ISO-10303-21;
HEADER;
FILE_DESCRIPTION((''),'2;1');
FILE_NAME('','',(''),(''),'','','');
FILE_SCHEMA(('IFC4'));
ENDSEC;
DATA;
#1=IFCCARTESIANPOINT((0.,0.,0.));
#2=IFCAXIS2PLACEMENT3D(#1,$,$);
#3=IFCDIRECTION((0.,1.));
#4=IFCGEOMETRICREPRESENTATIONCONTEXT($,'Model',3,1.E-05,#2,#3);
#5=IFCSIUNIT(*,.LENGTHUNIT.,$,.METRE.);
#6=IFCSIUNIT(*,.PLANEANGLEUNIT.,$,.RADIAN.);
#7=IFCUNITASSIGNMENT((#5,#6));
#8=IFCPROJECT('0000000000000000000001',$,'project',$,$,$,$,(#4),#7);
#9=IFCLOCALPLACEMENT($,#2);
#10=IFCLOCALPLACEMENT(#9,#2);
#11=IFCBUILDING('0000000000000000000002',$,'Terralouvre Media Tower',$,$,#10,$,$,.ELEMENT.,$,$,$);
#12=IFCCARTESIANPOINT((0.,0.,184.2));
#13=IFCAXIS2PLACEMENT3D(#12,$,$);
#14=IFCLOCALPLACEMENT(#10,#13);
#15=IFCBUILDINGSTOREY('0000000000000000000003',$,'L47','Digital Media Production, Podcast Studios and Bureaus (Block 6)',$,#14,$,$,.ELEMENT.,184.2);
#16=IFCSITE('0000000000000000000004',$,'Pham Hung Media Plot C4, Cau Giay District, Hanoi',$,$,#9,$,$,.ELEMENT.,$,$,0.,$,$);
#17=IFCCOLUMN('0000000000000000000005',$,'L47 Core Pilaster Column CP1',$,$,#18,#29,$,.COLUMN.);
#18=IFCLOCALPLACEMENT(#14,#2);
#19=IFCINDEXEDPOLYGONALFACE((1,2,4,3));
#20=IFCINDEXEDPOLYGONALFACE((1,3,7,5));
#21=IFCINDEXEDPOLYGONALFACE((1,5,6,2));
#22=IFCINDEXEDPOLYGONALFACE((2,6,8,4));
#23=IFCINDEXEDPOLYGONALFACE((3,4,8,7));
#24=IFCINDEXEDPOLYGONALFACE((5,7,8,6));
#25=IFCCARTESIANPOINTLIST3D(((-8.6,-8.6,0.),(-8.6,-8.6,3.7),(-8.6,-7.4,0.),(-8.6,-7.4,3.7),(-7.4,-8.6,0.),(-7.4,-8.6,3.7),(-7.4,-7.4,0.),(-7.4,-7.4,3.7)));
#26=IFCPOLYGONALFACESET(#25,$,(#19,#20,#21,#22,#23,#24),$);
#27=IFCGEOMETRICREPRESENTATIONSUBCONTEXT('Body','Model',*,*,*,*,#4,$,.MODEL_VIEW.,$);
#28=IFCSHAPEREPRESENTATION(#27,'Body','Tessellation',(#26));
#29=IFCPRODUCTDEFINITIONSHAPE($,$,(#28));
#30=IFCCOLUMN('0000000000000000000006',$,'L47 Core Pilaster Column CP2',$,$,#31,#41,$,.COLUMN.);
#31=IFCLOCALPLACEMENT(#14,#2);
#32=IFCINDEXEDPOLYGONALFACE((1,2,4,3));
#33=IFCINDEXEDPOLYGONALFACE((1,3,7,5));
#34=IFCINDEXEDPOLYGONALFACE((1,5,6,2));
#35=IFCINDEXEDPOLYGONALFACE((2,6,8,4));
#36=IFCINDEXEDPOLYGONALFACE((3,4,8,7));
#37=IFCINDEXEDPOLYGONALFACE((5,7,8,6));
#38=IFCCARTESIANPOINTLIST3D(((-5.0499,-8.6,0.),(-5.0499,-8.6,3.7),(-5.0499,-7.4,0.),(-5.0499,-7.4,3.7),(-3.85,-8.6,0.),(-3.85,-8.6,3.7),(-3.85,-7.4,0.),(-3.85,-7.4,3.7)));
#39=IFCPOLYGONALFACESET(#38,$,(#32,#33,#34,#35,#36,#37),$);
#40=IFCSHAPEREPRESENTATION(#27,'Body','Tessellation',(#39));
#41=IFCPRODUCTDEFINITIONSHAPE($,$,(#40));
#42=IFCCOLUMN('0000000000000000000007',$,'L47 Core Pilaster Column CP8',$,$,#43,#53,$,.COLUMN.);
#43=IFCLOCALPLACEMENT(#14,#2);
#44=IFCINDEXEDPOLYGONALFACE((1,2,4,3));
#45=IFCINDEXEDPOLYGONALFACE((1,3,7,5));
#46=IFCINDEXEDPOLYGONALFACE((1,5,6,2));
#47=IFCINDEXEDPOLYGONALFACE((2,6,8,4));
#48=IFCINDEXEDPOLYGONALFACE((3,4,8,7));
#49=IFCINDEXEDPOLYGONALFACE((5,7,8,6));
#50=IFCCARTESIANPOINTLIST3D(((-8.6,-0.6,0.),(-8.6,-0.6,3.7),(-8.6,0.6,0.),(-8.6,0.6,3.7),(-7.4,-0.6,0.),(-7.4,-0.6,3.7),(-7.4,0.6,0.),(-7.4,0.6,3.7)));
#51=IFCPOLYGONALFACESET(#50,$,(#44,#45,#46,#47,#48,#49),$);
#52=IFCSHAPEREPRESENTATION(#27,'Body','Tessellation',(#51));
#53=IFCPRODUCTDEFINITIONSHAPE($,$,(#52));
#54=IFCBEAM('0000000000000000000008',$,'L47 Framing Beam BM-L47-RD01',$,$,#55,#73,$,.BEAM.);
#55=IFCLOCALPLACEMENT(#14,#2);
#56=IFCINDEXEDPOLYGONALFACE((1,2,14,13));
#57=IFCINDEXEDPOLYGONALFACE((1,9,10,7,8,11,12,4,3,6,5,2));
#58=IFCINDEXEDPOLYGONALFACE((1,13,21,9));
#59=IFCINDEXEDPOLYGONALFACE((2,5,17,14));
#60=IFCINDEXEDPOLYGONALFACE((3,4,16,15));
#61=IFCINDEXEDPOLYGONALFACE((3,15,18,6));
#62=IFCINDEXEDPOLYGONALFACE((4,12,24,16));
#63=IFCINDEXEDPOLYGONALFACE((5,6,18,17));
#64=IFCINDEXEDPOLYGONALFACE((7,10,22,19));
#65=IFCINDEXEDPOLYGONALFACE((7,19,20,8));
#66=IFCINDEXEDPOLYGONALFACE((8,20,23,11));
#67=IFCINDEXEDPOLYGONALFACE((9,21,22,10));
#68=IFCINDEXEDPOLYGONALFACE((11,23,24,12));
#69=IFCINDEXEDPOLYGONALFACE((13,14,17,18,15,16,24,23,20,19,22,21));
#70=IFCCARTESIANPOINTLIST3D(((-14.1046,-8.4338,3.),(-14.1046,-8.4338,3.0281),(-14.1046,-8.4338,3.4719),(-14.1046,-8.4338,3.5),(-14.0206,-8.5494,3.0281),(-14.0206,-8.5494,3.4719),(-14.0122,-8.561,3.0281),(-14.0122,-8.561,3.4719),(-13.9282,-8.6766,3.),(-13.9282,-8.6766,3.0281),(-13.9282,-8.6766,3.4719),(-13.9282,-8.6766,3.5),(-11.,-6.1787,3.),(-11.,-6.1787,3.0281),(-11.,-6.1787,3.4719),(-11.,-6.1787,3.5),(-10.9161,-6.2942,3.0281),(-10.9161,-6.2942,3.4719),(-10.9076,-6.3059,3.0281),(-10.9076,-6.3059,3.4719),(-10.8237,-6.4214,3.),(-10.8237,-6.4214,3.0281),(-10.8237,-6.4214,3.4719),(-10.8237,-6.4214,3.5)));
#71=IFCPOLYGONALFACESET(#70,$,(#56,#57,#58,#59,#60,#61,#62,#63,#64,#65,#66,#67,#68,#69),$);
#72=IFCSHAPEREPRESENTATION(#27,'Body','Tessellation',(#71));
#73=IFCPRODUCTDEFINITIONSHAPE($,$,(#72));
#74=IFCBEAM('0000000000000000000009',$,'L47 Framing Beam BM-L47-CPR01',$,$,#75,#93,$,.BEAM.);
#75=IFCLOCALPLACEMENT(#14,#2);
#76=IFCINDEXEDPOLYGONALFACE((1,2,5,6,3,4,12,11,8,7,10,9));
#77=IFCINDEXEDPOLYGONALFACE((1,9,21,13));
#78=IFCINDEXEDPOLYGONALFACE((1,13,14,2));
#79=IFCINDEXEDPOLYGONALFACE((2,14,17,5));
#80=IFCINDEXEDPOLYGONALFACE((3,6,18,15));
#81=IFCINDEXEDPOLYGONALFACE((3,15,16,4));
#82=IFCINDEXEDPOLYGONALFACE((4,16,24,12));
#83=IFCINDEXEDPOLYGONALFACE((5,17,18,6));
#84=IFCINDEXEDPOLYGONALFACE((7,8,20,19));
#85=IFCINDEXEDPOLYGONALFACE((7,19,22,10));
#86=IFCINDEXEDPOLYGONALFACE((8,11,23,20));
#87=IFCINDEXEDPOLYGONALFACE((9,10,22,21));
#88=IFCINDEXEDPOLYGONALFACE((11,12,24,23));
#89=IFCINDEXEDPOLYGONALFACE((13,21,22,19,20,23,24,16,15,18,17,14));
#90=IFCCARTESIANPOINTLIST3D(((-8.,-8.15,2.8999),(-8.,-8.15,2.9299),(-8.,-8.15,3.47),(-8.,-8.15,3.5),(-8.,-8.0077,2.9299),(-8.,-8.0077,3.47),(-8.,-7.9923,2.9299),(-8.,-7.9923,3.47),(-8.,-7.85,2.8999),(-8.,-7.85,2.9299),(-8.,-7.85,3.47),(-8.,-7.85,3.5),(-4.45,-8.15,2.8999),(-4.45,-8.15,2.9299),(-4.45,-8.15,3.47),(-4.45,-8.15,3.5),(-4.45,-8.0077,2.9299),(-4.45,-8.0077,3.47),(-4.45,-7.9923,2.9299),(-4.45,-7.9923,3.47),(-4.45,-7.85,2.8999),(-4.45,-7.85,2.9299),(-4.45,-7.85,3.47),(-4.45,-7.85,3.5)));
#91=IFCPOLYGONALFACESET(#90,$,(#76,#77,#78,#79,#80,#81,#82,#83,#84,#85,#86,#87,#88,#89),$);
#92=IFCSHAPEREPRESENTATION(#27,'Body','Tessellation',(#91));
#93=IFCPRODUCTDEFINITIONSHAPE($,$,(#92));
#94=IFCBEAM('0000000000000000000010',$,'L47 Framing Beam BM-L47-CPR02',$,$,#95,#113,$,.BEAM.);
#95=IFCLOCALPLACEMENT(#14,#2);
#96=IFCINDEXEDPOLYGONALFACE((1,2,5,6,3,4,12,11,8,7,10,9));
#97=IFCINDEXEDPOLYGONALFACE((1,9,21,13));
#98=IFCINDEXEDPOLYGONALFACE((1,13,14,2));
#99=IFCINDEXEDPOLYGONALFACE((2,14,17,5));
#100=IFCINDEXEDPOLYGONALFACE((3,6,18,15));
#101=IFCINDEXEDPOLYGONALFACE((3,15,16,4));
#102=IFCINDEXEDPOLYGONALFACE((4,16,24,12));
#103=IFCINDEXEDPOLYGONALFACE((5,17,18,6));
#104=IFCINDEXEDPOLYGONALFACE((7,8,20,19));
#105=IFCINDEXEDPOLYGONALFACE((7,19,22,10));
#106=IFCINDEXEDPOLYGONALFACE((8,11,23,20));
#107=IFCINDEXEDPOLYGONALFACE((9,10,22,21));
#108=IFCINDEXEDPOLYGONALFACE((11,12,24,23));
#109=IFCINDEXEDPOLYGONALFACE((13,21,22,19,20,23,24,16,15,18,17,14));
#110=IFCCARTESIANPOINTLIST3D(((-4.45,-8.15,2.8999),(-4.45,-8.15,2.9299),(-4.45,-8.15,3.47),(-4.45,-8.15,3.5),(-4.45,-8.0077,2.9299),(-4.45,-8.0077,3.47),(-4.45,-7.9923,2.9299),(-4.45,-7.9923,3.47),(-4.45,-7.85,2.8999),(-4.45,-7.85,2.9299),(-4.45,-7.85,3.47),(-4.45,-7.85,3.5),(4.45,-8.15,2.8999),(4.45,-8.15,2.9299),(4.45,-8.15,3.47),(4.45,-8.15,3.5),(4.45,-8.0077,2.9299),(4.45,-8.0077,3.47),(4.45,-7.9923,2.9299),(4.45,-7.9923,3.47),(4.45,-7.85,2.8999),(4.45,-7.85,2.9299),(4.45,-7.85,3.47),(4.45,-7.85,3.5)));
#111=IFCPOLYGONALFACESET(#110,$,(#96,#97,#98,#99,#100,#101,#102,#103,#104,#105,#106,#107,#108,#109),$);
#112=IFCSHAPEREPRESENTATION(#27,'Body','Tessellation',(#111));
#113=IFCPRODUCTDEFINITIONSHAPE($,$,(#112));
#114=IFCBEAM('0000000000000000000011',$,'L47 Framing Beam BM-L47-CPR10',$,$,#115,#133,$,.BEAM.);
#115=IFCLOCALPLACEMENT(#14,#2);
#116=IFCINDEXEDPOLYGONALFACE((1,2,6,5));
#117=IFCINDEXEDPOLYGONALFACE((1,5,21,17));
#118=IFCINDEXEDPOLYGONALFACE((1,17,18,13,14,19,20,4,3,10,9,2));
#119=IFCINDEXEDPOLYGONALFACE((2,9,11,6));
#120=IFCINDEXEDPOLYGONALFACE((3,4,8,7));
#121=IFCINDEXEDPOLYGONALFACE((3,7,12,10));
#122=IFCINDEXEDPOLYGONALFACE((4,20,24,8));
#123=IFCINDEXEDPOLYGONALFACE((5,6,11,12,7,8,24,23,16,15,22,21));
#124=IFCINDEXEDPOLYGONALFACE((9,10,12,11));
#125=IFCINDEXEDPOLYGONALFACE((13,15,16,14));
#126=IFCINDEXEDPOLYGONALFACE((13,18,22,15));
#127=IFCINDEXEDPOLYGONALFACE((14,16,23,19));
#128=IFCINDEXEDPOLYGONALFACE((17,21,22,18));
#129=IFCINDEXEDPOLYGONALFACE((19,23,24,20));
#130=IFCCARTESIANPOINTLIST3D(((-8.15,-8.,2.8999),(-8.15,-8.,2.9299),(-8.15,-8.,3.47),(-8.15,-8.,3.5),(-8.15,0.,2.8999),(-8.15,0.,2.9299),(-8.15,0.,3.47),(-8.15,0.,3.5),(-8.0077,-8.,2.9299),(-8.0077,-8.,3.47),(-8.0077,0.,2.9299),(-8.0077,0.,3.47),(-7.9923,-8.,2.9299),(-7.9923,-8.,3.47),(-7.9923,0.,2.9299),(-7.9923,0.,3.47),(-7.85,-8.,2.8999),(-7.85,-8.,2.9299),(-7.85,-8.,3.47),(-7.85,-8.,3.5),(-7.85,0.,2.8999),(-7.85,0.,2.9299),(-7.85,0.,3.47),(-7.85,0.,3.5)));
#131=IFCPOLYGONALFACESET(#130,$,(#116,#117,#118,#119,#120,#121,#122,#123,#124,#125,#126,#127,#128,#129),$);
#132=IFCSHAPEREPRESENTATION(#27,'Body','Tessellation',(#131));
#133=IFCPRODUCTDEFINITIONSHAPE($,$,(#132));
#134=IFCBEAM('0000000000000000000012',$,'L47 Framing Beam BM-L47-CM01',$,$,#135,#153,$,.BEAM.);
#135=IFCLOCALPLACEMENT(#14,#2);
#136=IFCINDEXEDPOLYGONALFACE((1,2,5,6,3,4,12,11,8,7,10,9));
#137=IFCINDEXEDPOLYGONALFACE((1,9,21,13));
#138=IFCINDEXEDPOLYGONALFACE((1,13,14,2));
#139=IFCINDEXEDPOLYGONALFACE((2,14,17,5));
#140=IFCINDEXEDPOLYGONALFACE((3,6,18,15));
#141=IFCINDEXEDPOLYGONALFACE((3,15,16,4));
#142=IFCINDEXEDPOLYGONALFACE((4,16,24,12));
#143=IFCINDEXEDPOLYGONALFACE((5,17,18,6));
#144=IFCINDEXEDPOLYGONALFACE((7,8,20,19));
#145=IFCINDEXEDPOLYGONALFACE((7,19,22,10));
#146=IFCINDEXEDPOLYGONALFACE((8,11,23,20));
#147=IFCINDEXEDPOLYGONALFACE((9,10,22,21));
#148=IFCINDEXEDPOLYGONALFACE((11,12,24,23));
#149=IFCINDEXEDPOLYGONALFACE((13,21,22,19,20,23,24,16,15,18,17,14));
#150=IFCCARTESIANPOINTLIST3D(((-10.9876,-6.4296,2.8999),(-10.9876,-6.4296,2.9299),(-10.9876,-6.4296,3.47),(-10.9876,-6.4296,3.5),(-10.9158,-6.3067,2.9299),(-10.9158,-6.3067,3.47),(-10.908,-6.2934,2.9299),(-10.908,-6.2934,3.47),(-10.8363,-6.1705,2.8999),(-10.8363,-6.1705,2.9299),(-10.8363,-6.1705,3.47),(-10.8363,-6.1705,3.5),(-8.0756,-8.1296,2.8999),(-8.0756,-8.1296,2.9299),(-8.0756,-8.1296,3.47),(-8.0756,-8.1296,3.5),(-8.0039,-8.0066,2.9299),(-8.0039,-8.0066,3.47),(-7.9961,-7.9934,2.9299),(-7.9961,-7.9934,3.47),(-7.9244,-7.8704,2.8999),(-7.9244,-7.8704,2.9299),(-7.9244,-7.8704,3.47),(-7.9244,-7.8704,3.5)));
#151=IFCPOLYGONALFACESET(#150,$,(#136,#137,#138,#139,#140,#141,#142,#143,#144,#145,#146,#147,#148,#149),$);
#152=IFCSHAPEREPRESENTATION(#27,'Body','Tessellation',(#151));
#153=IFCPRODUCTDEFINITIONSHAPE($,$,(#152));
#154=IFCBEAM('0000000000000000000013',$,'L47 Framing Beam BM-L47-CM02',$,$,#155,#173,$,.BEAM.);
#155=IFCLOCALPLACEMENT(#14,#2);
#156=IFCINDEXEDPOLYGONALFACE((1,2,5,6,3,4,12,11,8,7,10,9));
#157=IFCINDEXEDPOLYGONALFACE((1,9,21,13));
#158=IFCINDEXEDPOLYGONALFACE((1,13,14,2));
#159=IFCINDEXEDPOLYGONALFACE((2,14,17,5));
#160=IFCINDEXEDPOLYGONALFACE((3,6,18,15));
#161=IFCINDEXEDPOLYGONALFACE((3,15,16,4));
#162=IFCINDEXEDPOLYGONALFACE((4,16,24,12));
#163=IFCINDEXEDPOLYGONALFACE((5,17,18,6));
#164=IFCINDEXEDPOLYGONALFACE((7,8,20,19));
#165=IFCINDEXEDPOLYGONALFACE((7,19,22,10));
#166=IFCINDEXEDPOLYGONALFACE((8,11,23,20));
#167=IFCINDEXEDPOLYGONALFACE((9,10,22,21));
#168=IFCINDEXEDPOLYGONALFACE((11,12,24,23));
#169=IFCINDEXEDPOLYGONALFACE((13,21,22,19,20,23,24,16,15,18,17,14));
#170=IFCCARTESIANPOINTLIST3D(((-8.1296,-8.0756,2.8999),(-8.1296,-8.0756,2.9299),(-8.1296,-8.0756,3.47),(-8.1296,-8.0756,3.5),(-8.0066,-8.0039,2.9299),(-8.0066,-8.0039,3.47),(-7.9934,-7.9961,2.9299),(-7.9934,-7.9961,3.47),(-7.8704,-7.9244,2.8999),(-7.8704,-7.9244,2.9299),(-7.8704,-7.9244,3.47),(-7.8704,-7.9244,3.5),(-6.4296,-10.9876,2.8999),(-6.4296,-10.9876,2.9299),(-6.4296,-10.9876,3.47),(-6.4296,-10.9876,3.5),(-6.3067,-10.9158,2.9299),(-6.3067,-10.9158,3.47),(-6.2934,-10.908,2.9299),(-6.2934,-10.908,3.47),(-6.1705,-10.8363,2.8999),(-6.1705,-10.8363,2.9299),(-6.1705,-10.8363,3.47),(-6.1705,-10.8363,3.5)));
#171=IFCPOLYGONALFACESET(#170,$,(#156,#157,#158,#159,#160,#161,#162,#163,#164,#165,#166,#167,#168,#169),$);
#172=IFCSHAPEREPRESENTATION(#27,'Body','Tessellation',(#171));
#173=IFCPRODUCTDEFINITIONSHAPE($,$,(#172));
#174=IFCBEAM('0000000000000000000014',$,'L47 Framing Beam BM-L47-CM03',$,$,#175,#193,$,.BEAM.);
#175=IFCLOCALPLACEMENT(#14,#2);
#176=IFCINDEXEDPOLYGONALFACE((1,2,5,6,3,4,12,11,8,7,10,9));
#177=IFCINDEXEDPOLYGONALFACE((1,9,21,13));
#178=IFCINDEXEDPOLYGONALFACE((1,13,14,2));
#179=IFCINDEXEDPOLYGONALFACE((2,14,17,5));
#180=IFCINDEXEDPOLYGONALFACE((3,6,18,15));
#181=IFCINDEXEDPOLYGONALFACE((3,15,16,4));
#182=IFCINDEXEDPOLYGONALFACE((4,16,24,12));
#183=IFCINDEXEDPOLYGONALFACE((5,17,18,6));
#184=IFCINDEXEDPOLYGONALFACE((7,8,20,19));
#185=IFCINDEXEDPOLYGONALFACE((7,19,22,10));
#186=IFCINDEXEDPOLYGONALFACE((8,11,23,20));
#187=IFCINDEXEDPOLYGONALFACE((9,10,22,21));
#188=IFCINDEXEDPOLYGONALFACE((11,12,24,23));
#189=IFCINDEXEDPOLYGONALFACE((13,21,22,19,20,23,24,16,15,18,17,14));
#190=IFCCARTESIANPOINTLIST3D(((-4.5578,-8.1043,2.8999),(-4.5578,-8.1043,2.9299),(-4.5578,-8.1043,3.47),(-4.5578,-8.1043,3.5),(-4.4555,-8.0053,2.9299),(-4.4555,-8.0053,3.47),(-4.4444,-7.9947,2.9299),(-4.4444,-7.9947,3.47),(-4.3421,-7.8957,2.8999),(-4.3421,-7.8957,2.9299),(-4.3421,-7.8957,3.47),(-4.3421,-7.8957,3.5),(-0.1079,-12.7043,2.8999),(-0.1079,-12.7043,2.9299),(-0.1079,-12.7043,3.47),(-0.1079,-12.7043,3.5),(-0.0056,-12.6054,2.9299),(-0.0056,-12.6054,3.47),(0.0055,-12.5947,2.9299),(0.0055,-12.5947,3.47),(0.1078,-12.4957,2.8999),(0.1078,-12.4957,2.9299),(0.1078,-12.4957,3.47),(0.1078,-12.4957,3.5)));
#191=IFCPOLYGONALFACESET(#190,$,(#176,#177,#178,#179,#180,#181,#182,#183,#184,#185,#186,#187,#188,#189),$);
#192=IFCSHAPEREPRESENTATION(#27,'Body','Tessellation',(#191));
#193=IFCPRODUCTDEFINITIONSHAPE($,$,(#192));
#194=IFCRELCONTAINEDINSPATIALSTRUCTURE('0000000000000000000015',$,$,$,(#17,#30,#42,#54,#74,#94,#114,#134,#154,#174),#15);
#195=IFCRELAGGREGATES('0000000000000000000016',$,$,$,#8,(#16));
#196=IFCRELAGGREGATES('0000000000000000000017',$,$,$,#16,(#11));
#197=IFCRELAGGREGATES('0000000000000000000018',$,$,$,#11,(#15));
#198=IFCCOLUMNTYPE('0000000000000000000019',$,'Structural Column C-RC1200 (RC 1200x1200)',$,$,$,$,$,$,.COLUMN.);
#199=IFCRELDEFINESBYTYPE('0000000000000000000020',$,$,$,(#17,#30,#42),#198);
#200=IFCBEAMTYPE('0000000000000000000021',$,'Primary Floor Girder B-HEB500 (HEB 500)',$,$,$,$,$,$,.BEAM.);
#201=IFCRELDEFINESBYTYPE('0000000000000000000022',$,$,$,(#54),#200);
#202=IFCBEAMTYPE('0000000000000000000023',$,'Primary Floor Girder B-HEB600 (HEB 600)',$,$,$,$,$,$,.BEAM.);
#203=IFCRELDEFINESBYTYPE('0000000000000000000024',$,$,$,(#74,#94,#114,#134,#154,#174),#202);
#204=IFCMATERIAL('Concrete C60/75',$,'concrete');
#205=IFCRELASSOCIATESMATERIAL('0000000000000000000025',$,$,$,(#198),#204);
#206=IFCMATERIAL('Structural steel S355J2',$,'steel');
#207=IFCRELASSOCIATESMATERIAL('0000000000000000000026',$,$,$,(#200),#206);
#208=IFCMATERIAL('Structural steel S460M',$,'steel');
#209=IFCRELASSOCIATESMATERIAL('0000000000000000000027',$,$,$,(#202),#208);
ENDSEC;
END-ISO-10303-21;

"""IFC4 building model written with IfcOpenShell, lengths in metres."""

from ifc_helpers import new_model, si_unit, direction, frame, origin, origin_2d, place, context, subcontext, project, spatial, rectangle, i_section, extrude, material, material_profile, profile_set, type_object, element, save


model = new_model("IFC4")

# Units and contexts
model_context = context("Model", 3, precision=1e-05, world=origin(), true_north=direction((0.0, 1.0)))
body_context = subcontext(model_context, "Body", "Model", "MODEL_VIEW")
ifc_project = project(units=[si_unit("LENGTHUNIT", "METRE"), si_unit("PLANEANGLEUNIT", "RADIAN")], contexts=[model_context])

# Site, building, storey
site_placement = place(None, origin())
site = spatial("IfcSite", under=ifc_project, at=site_placement, Name="Pham Hung Media Plot C4, Cau Giay District, Hanoi", CompositionType="ELEMENT", RefElevation=0.0)
building_placement = place(site_placement, origin())
building = spatial("IfcBuilding", under=site, at=building_placement, Name="Terralouvre Media Tower", CompositionType="ELEMENT")
storey_placement = place(building_placement, frame((0.0, 0.0, 184.2)))
storey = spatial("IfcBuildingStorey", under=building, at=storey_placement, Name="L47", Description="Digital Media Production, Podcast Studios and Bureaus (Block 6)", CompositionType="ELEMENT", Elevation=184.2)

# Columns
ifc_material_1 = material(Name="Concrete C60/75", Category="concrete")
ifc_material_profile_1 = material_profile(ifc_material_1, rectangle(XDim=1.2, YDim=1.2, at=origin_2d()), Name="RC 1200x1200")
ifc_profile_set_1 = profile_set([ifc_material_profile_1], Name="Concrete C60/75")
column_type = type_object("IfcColumnType", Name="Structural Column C-RC1200 (RC 1200x1200)", PredefinedType="COLUMN", material=ifc_profile_set_1)
for number, where, z_axis, x_axis, name in (
    (1, (-8.0, -8.0, 0.0), (0.0, 0.0, 1.0), (1.0, 0.0, 0.0), "L47 Core Pilaster Column CP1"),
    (2, (-4.45, -8.0, 0.0), (0.0, 0.0, 1.0), (1.0, 0.0, 0.0), "L47 Core Pilaster Column CP2"),
    (3, (-8.0, 0.0, 0.0), (0.0, 0.0, 1.0), (1.0, 0.0, 0.0), "L47 Core Pilaster Column CP8"),
):
    element("IfcColumn", number, at=place(storey_placement, frame(where, z_axis=z_axis, x_axis=x_axis)), inside=storey, type_object=column_type, Name=name, PredefinedType="COLUMN", context=body_context, shape_type="SweptSolid", body=[
        extrude(rectangle(XDim=1.2, YDim=1.2, at=origin_2d()), origin(), (0.0, 0.0, 1.0), 3.7),
    ])

# Beams
ifc_material_2 = material(Name="Structural steel S355J2", Category="steel")
ifc_material_profile_2 = material_profile(ifc_material_2, i_section(OverallWidth=0.3, OverallDepth=0.5, WebThickness=0.0144, FlangeThickness=0.0281, at=origin_2d()), Name="HEB 500")
ifc_profile_set_2 = profile_set([ifc_material_profile_2], Name="Structural steel S355J2")
beam_type_1 = type_object("IfcBeamType", Name="Primary Floor Girder B-HEB500 (HEB 500)", PredefinedType="BEAM", material=ifc_profile_set_2)
beam_1_placement = place(storey_placement, frame((-10.9119, -6.3, 3.25), z_axis=(-0.809069, -0.587714, 0.0), x_axis=(0.587714, -0.809069, 0.0)))
element("IfcBeam", 4, at=beam_1_placement, inside=storey, type_object=beam_type_1, Name="L47 Framing Beam BM-L47-RD01", PredefinedType="BEAM", context=body_context, shape_type="SweptSolid", body=[
    extrude(i_section(OverallWidth=0.3, OverallDepth=0.5, WebThickness=0.0144, FlangeThickness=0.0281, at=origin_2d()), origin(), (0.0, 0.0, 1.0), 3.8372),
])
ifc_material_3 = material(Name="Structural steel S460M", Category="steel")
ifc_material_profile_3 = material_profile(ifc_material_3, i_section(OverallWidth=0.3, OverallDepth=0.6001, WebThickness=0.0154, FlangeThickness=0.03, at=origin_2d()), Name="HEB 600")
ifc_profile_set_3 = profile_set([ifc_material_profile_3], Name="Structural steel S460M")
beam_type_2 = type_object("IfcBeamType", Name="Primary Floor Girder B-HEB600 (HEB 600)", PredefinedType="BEAM", material=ifc_profile_set_3)
beam_2_placement = place(storey_placement, frame((-8.0, -8.0, 3.2), z_axis=(1.0, 0.0, 0.0), x_axis=(0.0, 1.0, 0.0)))
element("IfcBeam", 5, at=beam_2_placement, inside=storey, type_object=beam_type_2, Name="L47 Framing Beam BM-L47-CPR01", PredefinedType="BEAM", context=body_context, shape_type="SweptSolid", body=[
    extrude(i_section(OverallWidth=0.3, OverallDepth=0.6001, WebThickness=0.0154, FlangeThickness=0.03, at=origin_2d()), origin(), (0.0, 0.0, 1.0), 3.55),
])
beam_3_placement = place(storey_placement, frame((-4.45, -8.0, 3.2), z_axis=(1.0, 0.0, 0.0), x_axis=(0.0, 1.0, 0.0)))
element("IfcBeam", 6, at=beam_3_placement, inside=storey, type_object=beam_type_2, Name="L47 Framing Beam BM-L47-CPR02", PredefinedType="BEAM", context=body_context, shape_type="SweptSolid", body=[
    extrude(i_section(OverallWidth=0.3, OverallDepth=0.6001, WebThickness=0.0154, FlangeThickness=0.03, at=origin_2d()), origin(), (0.0, 0.0, 1.0), 8.8999),
])
beam_4_placement = place(storey_placement, frame((-8.0, 0.0, 3.2), z_axis=(0.0, -1.0, 0.0), x_axis=(1.0, 0.0, 0.0)))
element("IfcBeam", 7, at=beam_4_placement, inside=storey, type_object=beam_type_2, Name="L47 Framing Beam BM-L47-CPR10", PredefinedType="BEAM", context=body_context, shape_type="SweptSolid", body=[
    extrude(i_section(OverallWidth=0.3, OverallDepth=0.6001, WebThickness=0.0154, FlangeThickness=0.03, at=origin_2d()), origin(), (0.0, 0.0, 1.0), 8.0),
])
for number, where, z_axis, x_axis, name in (
    (8, (-8.0, -8.0, 3.2), (-0.863603, 0.504173, 0.0), (-0.504173, -0.863603, 0.0), "L47 Framing Beam BM-L47-CM01"),
    (9, (-8.0, -8.0, 3.2), (0.504173, -0.863603, 0.0), (0.863603, 0.504173, 0.0), "L47 Framing Beam BM-L47-CM02"),
):
    element("IfcBeam", number, at=place(storey_placement, frame(where, z_axis=z_axis, x_axis=x_axis)), inside=storey, type_object=beam_type_2, Name=name, PredefinedType="BEAM", context=body_context, shape_type="SweptSolid", body=[
        extrude(i_section(OverallWidth=0.3, OverallDepth=0.6001, WebThickness=0.0154, FlangeThickness=0.03, at=origin_2d()), origin(), (0.0, 0.0, 1.0), 3.3718),
    ])
beam_5_placement = place(storey_placement, frame((-4.45, -8.0, 3.2), z_axis=(0.69528, -0.718739, 0.0), x_axis=(0.718739, 0.69528, 0.0)))
element("IfcBeam", 10, at=beam_5_placement, inside=storey, type_object=beam_type_2, Name="L47 Framing Beam BM-L47-CM03", PredefinedType="BEAM", context=body_context, shape_type="SweptSolid", body=[
    extrude(i_section(OverallWidth=0.3, OverallDepth=0.6001, WebThickness=0.0154, FlangeThickness=0.03, at=origin_2d()), origin(), (0.0, 0.0, 1.0), 6.4001),
])

save(model, "model.ifc")
